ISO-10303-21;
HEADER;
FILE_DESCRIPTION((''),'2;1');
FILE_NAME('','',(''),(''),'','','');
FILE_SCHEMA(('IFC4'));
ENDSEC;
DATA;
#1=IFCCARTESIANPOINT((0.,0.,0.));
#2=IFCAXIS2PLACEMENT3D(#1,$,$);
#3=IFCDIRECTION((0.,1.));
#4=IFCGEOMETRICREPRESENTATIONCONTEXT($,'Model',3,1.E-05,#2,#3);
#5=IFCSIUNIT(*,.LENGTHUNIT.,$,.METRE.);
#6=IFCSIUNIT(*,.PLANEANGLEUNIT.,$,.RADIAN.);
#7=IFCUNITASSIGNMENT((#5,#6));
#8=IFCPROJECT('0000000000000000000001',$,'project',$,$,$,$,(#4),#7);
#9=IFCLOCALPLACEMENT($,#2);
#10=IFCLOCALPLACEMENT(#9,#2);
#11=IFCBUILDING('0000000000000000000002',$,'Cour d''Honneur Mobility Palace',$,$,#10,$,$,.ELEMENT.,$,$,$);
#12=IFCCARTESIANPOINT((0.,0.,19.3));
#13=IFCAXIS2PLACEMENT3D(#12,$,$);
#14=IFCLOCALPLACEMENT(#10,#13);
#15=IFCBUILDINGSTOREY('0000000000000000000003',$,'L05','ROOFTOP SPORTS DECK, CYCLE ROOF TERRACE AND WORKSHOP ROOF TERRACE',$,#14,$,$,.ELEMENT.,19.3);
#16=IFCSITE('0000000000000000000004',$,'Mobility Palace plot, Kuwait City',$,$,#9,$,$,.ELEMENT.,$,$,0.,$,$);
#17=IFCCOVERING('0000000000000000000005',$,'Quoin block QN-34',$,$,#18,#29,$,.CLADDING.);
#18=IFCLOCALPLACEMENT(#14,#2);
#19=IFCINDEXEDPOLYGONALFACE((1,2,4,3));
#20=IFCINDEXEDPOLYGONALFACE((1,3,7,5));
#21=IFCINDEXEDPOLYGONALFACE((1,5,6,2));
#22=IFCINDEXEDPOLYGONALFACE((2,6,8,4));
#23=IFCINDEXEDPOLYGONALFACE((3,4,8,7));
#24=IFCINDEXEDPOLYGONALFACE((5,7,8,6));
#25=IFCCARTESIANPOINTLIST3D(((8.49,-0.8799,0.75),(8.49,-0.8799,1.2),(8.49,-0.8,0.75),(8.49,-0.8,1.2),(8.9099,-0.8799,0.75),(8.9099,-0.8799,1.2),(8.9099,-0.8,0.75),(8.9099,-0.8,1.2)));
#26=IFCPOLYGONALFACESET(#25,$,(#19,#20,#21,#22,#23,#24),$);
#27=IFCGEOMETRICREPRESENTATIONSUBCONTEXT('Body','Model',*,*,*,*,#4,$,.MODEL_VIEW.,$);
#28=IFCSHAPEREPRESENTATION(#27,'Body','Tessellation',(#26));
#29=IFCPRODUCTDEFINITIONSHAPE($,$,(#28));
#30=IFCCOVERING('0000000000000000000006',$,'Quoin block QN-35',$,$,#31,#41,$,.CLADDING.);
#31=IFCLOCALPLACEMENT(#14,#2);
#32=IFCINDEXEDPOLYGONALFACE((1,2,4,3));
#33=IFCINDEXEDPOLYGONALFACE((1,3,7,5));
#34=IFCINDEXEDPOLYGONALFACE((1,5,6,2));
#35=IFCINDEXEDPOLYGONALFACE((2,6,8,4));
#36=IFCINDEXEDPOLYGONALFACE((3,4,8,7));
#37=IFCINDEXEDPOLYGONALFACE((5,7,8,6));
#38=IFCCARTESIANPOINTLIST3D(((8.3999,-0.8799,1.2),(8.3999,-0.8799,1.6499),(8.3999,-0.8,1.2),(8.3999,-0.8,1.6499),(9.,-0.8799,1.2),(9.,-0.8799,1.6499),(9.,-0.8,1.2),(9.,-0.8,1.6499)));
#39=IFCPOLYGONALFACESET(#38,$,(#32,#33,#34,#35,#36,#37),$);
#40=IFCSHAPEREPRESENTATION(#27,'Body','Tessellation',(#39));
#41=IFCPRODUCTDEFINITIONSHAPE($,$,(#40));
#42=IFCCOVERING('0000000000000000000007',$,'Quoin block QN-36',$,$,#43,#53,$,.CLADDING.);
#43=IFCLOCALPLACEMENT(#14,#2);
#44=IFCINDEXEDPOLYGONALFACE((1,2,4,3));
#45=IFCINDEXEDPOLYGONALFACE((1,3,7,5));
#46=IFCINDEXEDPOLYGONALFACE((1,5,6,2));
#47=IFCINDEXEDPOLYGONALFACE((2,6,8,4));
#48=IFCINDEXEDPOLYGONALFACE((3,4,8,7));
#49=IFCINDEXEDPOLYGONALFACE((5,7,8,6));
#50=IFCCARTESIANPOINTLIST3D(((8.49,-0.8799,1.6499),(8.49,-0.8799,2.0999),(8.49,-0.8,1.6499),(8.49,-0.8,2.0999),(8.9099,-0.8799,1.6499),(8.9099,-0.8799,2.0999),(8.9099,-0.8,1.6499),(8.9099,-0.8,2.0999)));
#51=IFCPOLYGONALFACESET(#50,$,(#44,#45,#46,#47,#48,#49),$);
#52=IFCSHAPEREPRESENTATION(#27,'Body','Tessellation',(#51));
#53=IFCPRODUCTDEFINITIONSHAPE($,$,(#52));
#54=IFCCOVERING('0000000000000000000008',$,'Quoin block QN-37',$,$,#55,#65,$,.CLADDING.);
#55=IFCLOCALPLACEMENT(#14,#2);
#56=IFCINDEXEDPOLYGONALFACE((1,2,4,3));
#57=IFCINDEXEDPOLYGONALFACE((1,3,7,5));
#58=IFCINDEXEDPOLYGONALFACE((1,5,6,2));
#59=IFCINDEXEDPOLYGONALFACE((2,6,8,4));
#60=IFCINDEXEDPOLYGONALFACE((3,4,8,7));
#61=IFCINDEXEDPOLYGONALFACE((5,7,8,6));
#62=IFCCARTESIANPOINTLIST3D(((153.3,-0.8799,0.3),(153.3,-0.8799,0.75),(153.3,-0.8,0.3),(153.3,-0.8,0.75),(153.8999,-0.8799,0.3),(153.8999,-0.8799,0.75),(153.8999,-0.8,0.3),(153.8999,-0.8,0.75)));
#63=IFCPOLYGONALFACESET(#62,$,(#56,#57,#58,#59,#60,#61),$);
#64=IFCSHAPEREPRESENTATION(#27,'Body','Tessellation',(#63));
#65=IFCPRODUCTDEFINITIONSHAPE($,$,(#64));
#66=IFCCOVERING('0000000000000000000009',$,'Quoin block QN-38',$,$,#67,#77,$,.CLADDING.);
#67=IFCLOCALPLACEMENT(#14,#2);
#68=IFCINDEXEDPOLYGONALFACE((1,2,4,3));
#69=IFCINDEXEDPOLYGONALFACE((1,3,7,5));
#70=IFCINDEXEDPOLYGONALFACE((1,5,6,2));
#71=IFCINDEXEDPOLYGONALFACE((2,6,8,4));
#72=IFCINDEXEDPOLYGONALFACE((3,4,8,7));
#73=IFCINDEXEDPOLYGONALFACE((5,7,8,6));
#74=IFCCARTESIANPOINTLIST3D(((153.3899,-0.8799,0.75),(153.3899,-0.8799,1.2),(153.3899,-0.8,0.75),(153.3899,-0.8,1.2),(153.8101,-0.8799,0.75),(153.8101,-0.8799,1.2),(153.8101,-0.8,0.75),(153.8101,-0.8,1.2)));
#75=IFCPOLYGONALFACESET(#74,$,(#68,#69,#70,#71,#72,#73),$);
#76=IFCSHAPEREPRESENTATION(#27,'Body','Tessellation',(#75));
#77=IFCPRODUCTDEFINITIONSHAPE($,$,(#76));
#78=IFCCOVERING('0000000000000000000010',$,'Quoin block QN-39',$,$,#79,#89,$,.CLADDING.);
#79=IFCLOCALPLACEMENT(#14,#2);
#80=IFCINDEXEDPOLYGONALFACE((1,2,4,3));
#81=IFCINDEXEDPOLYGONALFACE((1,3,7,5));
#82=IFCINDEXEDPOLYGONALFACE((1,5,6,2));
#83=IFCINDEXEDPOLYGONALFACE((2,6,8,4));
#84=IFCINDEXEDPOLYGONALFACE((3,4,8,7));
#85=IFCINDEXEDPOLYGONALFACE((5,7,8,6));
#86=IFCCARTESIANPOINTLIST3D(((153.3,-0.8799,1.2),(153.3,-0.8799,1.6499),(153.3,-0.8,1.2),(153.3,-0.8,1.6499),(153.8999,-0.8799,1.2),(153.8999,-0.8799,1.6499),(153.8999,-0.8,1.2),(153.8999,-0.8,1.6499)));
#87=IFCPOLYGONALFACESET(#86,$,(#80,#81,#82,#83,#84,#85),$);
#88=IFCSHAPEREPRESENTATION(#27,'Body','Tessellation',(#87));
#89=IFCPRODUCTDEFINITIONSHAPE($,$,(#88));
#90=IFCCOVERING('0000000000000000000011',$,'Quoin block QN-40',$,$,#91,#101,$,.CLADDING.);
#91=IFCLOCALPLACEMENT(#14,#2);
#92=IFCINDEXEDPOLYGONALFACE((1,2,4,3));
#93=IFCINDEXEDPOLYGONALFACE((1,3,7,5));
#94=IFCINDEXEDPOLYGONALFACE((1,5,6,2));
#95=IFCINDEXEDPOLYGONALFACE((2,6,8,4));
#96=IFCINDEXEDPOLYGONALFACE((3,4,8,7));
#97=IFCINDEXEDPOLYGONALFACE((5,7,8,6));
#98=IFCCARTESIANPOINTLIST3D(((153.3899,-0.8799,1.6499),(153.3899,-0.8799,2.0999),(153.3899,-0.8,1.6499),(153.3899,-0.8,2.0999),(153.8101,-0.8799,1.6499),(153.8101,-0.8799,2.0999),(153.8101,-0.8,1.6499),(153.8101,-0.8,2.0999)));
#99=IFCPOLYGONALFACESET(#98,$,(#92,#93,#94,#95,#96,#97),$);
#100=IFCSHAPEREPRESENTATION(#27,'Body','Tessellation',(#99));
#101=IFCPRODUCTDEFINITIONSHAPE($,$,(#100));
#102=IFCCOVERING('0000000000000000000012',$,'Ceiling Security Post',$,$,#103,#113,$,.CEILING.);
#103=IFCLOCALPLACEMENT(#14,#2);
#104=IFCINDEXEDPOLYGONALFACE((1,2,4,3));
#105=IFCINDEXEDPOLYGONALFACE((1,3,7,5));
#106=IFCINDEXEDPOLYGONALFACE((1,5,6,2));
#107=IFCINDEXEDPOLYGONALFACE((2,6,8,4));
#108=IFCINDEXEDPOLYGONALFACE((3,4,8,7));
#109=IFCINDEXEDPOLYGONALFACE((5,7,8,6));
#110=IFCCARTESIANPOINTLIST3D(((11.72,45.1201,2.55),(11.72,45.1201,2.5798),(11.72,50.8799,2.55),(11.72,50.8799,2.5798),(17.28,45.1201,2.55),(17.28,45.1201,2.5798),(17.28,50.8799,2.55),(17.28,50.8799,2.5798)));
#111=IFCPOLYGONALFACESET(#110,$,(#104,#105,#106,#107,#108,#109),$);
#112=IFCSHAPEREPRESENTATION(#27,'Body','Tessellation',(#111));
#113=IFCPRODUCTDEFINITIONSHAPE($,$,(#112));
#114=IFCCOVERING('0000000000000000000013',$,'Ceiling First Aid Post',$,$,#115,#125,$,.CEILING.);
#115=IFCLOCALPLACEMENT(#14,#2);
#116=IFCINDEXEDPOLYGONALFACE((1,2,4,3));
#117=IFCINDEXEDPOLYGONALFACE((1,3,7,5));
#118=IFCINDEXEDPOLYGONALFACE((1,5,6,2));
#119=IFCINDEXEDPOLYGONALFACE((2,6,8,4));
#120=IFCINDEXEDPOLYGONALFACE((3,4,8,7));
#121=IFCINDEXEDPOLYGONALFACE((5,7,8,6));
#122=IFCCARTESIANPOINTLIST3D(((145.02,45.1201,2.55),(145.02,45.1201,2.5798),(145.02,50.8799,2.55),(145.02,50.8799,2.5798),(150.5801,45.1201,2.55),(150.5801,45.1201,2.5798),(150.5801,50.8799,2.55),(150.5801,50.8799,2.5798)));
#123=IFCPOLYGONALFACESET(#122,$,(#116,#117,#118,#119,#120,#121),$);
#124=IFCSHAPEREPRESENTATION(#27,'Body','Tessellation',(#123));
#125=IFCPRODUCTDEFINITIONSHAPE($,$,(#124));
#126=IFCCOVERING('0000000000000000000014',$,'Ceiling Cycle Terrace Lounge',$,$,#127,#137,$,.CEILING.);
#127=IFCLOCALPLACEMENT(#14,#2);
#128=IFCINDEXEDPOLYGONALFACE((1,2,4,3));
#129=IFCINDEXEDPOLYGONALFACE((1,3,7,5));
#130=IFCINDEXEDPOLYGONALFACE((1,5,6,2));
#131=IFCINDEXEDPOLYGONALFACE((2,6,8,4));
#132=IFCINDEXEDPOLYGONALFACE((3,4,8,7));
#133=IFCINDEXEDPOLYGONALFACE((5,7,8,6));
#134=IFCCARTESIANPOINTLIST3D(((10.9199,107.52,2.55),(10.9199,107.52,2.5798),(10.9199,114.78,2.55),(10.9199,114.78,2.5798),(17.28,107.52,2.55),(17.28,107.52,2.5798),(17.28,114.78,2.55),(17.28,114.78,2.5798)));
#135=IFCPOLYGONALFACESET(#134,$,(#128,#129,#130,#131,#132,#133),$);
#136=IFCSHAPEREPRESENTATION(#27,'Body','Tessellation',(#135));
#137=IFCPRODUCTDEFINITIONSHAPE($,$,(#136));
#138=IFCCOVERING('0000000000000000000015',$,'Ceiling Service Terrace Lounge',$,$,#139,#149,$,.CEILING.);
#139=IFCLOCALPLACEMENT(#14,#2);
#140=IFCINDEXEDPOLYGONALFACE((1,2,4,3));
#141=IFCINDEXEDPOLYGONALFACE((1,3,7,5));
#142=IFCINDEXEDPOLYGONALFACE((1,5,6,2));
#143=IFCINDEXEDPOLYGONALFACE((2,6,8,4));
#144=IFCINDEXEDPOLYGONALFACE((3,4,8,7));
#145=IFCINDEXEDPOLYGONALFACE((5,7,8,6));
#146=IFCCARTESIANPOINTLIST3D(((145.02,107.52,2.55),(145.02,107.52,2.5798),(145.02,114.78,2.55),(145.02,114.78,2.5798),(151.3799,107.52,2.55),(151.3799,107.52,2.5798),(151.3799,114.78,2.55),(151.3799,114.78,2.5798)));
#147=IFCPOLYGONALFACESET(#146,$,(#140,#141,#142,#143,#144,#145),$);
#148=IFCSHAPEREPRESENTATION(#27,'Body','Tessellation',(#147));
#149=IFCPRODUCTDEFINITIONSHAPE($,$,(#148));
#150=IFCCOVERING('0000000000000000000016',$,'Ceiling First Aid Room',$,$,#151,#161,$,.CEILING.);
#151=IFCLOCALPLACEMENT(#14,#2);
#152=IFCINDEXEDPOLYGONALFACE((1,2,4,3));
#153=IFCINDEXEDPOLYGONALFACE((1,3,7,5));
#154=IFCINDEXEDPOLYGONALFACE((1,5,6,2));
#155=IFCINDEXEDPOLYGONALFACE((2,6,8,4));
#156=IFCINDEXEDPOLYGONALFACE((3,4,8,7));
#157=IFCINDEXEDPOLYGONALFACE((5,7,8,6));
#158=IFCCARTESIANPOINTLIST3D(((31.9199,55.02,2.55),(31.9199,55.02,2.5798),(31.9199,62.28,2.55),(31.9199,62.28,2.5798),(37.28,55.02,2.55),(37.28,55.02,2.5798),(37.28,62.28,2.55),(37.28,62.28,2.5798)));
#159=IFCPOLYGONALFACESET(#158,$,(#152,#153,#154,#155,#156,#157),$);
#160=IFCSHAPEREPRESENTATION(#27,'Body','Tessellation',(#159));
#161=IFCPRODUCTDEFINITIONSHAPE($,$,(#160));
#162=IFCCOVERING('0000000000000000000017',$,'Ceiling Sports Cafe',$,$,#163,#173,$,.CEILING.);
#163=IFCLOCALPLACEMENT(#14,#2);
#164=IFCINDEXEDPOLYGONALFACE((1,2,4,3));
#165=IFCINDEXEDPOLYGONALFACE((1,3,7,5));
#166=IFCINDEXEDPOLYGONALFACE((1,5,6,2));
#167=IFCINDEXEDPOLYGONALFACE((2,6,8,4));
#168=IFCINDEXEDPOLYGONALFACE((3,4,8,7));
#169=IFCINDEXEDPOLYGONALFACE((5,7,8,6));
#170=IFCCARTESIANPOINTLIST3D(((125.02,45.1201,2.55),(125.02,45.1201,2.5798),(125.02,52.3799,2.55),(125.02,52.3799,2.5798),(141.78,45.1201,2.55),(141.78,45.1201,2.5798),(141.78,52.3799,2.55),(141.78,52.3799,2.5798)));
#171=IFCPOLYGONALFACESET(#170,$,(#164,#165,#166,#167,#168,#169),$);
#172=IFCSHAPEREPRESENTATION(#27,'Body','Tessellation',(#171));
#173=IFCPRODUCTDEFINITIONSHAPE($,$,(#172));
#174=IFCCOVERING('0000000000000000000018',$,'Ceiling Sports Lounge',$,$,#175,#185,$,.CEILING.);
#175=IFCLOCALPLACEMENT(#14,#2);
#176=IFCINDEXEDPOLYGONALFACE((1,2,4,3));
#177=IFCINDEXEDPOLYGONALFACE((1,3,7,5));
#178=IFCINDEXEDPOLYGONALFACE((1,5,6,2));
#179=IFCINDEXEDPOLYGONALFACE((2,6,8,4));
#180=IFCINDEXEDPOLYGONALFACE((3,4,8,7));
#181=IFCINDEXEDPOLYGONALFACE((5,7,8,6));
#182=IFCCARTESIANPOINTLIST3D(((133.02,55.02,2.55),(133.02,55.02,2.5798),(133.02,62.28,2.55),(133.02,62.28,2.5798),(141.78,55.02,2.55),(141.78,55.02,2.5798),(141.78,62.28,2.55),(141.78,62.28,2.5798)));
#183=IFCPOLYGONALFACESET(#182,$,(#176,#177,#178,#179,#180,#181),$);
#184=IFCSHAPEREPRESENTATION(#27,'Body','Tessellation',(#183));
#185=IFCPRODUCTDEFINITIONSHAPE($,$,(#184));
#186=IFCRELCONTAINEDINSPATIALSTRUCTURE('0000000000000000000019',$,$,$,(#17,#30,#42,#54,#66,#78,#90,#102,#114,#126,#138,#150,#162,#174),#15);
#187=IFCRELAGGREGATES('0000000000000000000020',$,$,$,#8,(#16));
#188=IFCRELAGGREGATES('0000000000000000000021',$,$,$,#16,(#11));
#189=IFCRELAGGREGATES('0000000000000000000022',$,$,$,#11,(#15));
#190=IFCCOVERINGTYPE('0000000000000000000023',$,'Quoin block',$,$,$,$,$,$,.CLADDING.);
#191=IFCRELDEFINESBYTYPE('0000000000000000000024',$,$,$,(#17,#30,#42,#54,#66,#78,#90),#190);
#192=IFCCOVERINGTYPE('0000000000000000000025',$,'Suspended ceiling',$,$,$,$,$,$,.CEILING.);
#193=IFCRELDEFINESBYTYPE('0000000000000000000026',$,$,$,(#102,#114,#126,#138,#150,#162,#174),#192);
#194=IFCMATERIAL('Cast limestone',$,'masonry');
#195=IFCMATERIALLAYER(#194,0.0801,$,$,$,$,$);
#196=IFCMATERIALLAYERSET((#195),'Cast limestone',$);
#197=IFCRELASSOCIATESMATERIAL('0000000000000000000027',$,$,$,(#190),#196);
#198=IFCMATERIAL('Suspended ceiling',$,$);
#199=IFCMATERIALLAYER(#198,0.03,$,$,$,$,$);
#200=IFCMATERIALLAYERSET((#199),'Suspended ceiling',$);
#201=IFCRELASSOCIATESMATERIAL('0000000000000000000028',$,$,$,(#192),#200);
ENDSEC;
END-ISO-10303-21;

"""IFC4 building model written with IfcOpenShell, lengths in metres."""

from ifc_helpers import new_model, si_unit, direction, frame, origin, place, context, subcontext, project, spatial, polyline, outline, extrude, material, layer, layer_set, type_object, element, save


model = new_model("IFC4")

# Units and contexts
model_context = context("Model", 3, precision=1e-05, world=origin(), true_north=direction((0.0, 1.0)))
body_context = subcontext(model_context, "Body", "Model", "MODEL_VIEW")
ifc_project = project(units=[si_unit("LENGTHUNIT", "METRE"), si_unit("PLANEANGLEUNIT", "RADIAN")], contexts=[model_context])

# Site, building, storey
site_placement = place(None, origin())
site = spatial("IfcSite", under=ifc_project, at=site_placement, Name="Mobility Palace plot, Kuwait City", CompositionType="ELEMENT", RefElevation=0.0)
building_placement = place(site_placement, origin())
building = spatial("IfcBuilding", under=site, at=building_placement, Name="Cour d'Honneur Mobility Palace", CompositionType="ELEMENT")
storey_placement = place(building_placement, frame((0.0, 0.0, 19.3)))
storey = spatial("IfcBuildingStorey", under=building, at=storey_placement, Name="L05", Description="ROOFTOP SPORTS DECK, CYCLE ROOF TERRACE AND WORKSHOP ROOF TERRACE", CompositionType="ELEMENT", Elevation=19.3)

# Coverings
ifc_material_1 = material(Name="Cast limestone", Category="masonry")
ifc_layer_1 = layer(ifc_material_1, 0.0801)
ifc_layer_set_1 = layer_set([ifc_layer_1], Name="Cast limestone")
covering_type_1 = type_object("IfcCoveringType", Name="Quoin block", PredefinedType="CLADDING", material=ifc_layer_set_1)
covering_1_placement = place(storey_placement, frame((0.0, 0.0, 0.75)))
element("IfcCovering", 1, at=covering_1_placement, inside=storey, type_object=covering_type_1, Name="Quoin block QN-34", PredefinedType="CLADDING", context=body_context, shape_type="SweptSolid", body=[
    extrude(outline(polyline([(8.49, -0.8), (8.9099, -0.8), (8.9099, -0.8799), (8.49, -0.8799), (8.49, -0.8)])), origin(), (0.0, 0.0, 1.0), 0.45),
])
covering_2_placement = place(storey_placement, frame((0.0, 0.0, 1.2)))
element("IfcCovering", 2, at=covering_2_placement, inside=storey, type_object=covering_type_1, Name="Quoin block QN-35", PredefinedType="CLADDING", context=body_context, shape_type="SweptSolid", body=[
    extrude(outline(polyline([(8.3999, -0.8), (9.0, -0.8), (9.0, -0.8799), (8.3999, -0.8799), (8.3999, -0.8)])), origin(), (0.0, 0.0, 1.0), 0.45),
])
covering_3_placement = place(storey_placement, frame((0.0, 0.0, 1.6499)))
element("IfcCovering", 3, at=covering_3_placement, inside=storey, type_object=covering_type_1, Name="Quoin block QN-36", PredefinedType="CLADDING", context=body_context, shape_type="SweptSolid", body=[
    extrude(outline(polyline([(8.49, -0.8), (8.9099, -0.8), (8.9099, -0.8799), (8.49, -0.8799), (8.49, -0.8)])), origin(), (0.0, 0.0, 1.0), 0.45),
])
covering_4_placement = place(storey_placement, frame((0.0, 0.0, 0.3)))
element("IfcCovering", 4, at=covering_4_placement, inside=storey, type_object=covering_type_1, Name="Quoin block QN-37", PredefinedType="CLADDING", context=body_context, shape_type="SweptSolid", body=[
    extrude(outline(polyline([(153.3, -0.8), (153.8999, -0.8), (153.8999, -0.8799), (153.3, -0.8799), (153.3, -0.8)])), origin(), (0.0, 0.0, 1.0), 0.45),
])
covering_5_placement = place(storey_placement, frame((0.0, 0.0, 0.75)))
element("IfcCovering", 5, at=covering_5_placement, inside=storey, type_object=covering_type_1, Name="Quoin block QN-38", PredefinedType="CLADDING", context=body_context, shape_type="SweptSolid", body=[
    extrude(outline(polyline([(153.3899, -0.8), (153.8101, -0.8), (153.8101, -0.8799), (153.3899, -0.8799), (153.3899, -0.8)])), origin(), (0.0, 0.0, 1.0), 0.45),
])
covering_6_placement = place(storey_placement, frame((0.0, 0.0, 1.2)))
element("IfcCovering", 6, at=covering_6_placement, inside=storey, type_object=covering_type_1, Name="Quoin block QN-39", PredefinedType="CLADDING", context=body_context, shape_type="SweptSolid", body=[
    extrude(outline(polyline([(153.3, -0.8), (153.8999, -0.8), (153.8999, -0.8799), (153.3, -0.8799), (153.3, -0.8)])), origin(), (0.0, 0.0, 1.0), 0.45),
])
covering_7_placement = place(storey_placement, frame((0.0, 0.0, 1.6499)))
element("IfcCovering", 7, at=covering_7_placement, inside=storey, type_object=covering_type_1, Name="Quoin block QN-40", PredefinedType="CLADDING", context=body_context, shape_type="SweptSolid", body=[
    extrude(outline(polyline([(153.3899, -0.8), (153.8101, -0.8), (153.8101, -0.8799), (153.3899, -0.8799), (153.3899, -0.8)])), origin(), (0.0, 0.0, 1.0), 0.45),
])
ifc_material_2 = material(Name="Suspended ceiling")
ifc_layer_2 = layer(ifc_material_2, 0.03)
ifc_layer_set_2 = layer_set([ifc_layer_2], Name="Suspended ceiling")
covering_type_2 = type_object("IfcCoveringType", Name="Suspended ceiling", PredefinedType="CEILING", material=ifc_layer_set_2)
covering_8_placement = place(storey_placement, frame((0.0, 0.0, 2.55)))
element("IfcCovering", 8, at=covering_8_placement, inside=storey, type_object=covering_type_2, Name="Ceiling Security Post", PredefinedType="CEILING", context=body_context, shape_type="SweptSolid", body=[
    extrude(outline(polyline([(17.28, 45.1201), (11.72, 45.1201), (11.72, 50.8799), (17.28, 50.8799), (17.28, 45.1201)])), origin(), (0.0, 0.0, 1.0), 0.0298),
])
covering_9_placement = place(storey_placement, frame((0.0, 0.0, 2.55)))
element("IfcCovering", 9, at=covering_9_placement, inside=storey, type_object=covering_type_2, Name="Ceiling First Aid Post", PredefinedType="CEILING", context=body_context, shape_type="SweptSolid", body=[
    extrude(outline(polyline([(150.5801, 45.1201), (145.02, 45.1201), (145.02, 50.8799), (150.5801, 50.8799), (150.5801, 45.1201)])), origin(), (0.0, 0.0, 1.0), 0.0298),
])
covering_10_placement = place(storey_placement, frame((0.0, 0.0, 2.55)))
element("IfcCovering", 10, at=covering_10_placement, inside=storey, type_object=covering_type_2, Name="Ceiling Cycle Terrace Lounge", PredefinedType="CEILING", context=body_context, shape_type="SweptSolid", body=[
    extrude(outline(polyline([(17.28, 107.52), (10.9199, 107.52), (10.9199, 114.78), (17.28, 114.78), (17.28, 107.52)])), origin(), (0.0, 0.0, 1.0), 0.0298),
])
covering_11_placement = place(storey_placement, frame((0.0, 0.0, 2.55)))
element("IfcCovering", 11, at=covering_11_placement, inside=storey, type_object=covering_type_2, Name="Ceiling Service Terrace Lounge", PredefinedType="CEILING", context=body_context, shape_type="SweptSolid", body=[
    extrude(outline(polyline([(151.3799, 107.52), (145.02, 107.52), (145.02, 114.78), (151.3799, 114.78), (151.3799, 107.52)])), origin(), (0.0, 0.0, 1.0), 0.0298),
])
covering_12_placement = place(storey_placement, frame((0.0, 0.0, 2.55)))
element("IfcCovering", 12, at=covering_12_placement, inside=storey, type_object=covering_type_2, Name="Ceiling First Aid Room", PredefinedType="CEILING", context=body_context, shape_type="SweptSolid", body=[
    extrude(outline(polyline([(37.28, 55.02), (31.9199, 55.02), (31.9199, 62.28), (37.28, 62.28), (37.28, 55.02)])), origin(), (0.0, 0.0, 1.0), 0.0298),
])
covering_13_placement = place(storey_placement, frame((0.0, 0.0, 2.55)))
element("IfcCovering", 13, at=covering_13_placement, inside=storey, type_object=covering_type_2, Name="Ceiling Sports Cafe", PredefinedType="CEILING", context=body_context, shape_type="SweptSolid", body=[
    extrude(outline(polyline([(141.78, 45.1201), (125.02, 45.1201), (125.02, 52.3799), (141.78, 52.3799), (141.78, 45.1201)])), origin(), (0.0, 0.0, 1.0), 0.0298),
])
covering_14_placement = place(storey_placement, frame((0.0, 0.0, 2.55)))
element("IfcCovering", 14, at=covering_14_placement, inside=storey, type_object=covering_type_2, Name="Ceiling Sports Lounge", PredefinedType="CEILING", context=body_context, shape_type="SweptSolid", body=[
    extrude(outline(polyline([(141.78, 55.02), (133.02, 55.02), (133.02, 62.28), (141.78, 62.28), (141.78, 55.02)])), origin(), (0.0, 0.0, 1.0), 0.0298),
])

save(model, "model.ifc")
